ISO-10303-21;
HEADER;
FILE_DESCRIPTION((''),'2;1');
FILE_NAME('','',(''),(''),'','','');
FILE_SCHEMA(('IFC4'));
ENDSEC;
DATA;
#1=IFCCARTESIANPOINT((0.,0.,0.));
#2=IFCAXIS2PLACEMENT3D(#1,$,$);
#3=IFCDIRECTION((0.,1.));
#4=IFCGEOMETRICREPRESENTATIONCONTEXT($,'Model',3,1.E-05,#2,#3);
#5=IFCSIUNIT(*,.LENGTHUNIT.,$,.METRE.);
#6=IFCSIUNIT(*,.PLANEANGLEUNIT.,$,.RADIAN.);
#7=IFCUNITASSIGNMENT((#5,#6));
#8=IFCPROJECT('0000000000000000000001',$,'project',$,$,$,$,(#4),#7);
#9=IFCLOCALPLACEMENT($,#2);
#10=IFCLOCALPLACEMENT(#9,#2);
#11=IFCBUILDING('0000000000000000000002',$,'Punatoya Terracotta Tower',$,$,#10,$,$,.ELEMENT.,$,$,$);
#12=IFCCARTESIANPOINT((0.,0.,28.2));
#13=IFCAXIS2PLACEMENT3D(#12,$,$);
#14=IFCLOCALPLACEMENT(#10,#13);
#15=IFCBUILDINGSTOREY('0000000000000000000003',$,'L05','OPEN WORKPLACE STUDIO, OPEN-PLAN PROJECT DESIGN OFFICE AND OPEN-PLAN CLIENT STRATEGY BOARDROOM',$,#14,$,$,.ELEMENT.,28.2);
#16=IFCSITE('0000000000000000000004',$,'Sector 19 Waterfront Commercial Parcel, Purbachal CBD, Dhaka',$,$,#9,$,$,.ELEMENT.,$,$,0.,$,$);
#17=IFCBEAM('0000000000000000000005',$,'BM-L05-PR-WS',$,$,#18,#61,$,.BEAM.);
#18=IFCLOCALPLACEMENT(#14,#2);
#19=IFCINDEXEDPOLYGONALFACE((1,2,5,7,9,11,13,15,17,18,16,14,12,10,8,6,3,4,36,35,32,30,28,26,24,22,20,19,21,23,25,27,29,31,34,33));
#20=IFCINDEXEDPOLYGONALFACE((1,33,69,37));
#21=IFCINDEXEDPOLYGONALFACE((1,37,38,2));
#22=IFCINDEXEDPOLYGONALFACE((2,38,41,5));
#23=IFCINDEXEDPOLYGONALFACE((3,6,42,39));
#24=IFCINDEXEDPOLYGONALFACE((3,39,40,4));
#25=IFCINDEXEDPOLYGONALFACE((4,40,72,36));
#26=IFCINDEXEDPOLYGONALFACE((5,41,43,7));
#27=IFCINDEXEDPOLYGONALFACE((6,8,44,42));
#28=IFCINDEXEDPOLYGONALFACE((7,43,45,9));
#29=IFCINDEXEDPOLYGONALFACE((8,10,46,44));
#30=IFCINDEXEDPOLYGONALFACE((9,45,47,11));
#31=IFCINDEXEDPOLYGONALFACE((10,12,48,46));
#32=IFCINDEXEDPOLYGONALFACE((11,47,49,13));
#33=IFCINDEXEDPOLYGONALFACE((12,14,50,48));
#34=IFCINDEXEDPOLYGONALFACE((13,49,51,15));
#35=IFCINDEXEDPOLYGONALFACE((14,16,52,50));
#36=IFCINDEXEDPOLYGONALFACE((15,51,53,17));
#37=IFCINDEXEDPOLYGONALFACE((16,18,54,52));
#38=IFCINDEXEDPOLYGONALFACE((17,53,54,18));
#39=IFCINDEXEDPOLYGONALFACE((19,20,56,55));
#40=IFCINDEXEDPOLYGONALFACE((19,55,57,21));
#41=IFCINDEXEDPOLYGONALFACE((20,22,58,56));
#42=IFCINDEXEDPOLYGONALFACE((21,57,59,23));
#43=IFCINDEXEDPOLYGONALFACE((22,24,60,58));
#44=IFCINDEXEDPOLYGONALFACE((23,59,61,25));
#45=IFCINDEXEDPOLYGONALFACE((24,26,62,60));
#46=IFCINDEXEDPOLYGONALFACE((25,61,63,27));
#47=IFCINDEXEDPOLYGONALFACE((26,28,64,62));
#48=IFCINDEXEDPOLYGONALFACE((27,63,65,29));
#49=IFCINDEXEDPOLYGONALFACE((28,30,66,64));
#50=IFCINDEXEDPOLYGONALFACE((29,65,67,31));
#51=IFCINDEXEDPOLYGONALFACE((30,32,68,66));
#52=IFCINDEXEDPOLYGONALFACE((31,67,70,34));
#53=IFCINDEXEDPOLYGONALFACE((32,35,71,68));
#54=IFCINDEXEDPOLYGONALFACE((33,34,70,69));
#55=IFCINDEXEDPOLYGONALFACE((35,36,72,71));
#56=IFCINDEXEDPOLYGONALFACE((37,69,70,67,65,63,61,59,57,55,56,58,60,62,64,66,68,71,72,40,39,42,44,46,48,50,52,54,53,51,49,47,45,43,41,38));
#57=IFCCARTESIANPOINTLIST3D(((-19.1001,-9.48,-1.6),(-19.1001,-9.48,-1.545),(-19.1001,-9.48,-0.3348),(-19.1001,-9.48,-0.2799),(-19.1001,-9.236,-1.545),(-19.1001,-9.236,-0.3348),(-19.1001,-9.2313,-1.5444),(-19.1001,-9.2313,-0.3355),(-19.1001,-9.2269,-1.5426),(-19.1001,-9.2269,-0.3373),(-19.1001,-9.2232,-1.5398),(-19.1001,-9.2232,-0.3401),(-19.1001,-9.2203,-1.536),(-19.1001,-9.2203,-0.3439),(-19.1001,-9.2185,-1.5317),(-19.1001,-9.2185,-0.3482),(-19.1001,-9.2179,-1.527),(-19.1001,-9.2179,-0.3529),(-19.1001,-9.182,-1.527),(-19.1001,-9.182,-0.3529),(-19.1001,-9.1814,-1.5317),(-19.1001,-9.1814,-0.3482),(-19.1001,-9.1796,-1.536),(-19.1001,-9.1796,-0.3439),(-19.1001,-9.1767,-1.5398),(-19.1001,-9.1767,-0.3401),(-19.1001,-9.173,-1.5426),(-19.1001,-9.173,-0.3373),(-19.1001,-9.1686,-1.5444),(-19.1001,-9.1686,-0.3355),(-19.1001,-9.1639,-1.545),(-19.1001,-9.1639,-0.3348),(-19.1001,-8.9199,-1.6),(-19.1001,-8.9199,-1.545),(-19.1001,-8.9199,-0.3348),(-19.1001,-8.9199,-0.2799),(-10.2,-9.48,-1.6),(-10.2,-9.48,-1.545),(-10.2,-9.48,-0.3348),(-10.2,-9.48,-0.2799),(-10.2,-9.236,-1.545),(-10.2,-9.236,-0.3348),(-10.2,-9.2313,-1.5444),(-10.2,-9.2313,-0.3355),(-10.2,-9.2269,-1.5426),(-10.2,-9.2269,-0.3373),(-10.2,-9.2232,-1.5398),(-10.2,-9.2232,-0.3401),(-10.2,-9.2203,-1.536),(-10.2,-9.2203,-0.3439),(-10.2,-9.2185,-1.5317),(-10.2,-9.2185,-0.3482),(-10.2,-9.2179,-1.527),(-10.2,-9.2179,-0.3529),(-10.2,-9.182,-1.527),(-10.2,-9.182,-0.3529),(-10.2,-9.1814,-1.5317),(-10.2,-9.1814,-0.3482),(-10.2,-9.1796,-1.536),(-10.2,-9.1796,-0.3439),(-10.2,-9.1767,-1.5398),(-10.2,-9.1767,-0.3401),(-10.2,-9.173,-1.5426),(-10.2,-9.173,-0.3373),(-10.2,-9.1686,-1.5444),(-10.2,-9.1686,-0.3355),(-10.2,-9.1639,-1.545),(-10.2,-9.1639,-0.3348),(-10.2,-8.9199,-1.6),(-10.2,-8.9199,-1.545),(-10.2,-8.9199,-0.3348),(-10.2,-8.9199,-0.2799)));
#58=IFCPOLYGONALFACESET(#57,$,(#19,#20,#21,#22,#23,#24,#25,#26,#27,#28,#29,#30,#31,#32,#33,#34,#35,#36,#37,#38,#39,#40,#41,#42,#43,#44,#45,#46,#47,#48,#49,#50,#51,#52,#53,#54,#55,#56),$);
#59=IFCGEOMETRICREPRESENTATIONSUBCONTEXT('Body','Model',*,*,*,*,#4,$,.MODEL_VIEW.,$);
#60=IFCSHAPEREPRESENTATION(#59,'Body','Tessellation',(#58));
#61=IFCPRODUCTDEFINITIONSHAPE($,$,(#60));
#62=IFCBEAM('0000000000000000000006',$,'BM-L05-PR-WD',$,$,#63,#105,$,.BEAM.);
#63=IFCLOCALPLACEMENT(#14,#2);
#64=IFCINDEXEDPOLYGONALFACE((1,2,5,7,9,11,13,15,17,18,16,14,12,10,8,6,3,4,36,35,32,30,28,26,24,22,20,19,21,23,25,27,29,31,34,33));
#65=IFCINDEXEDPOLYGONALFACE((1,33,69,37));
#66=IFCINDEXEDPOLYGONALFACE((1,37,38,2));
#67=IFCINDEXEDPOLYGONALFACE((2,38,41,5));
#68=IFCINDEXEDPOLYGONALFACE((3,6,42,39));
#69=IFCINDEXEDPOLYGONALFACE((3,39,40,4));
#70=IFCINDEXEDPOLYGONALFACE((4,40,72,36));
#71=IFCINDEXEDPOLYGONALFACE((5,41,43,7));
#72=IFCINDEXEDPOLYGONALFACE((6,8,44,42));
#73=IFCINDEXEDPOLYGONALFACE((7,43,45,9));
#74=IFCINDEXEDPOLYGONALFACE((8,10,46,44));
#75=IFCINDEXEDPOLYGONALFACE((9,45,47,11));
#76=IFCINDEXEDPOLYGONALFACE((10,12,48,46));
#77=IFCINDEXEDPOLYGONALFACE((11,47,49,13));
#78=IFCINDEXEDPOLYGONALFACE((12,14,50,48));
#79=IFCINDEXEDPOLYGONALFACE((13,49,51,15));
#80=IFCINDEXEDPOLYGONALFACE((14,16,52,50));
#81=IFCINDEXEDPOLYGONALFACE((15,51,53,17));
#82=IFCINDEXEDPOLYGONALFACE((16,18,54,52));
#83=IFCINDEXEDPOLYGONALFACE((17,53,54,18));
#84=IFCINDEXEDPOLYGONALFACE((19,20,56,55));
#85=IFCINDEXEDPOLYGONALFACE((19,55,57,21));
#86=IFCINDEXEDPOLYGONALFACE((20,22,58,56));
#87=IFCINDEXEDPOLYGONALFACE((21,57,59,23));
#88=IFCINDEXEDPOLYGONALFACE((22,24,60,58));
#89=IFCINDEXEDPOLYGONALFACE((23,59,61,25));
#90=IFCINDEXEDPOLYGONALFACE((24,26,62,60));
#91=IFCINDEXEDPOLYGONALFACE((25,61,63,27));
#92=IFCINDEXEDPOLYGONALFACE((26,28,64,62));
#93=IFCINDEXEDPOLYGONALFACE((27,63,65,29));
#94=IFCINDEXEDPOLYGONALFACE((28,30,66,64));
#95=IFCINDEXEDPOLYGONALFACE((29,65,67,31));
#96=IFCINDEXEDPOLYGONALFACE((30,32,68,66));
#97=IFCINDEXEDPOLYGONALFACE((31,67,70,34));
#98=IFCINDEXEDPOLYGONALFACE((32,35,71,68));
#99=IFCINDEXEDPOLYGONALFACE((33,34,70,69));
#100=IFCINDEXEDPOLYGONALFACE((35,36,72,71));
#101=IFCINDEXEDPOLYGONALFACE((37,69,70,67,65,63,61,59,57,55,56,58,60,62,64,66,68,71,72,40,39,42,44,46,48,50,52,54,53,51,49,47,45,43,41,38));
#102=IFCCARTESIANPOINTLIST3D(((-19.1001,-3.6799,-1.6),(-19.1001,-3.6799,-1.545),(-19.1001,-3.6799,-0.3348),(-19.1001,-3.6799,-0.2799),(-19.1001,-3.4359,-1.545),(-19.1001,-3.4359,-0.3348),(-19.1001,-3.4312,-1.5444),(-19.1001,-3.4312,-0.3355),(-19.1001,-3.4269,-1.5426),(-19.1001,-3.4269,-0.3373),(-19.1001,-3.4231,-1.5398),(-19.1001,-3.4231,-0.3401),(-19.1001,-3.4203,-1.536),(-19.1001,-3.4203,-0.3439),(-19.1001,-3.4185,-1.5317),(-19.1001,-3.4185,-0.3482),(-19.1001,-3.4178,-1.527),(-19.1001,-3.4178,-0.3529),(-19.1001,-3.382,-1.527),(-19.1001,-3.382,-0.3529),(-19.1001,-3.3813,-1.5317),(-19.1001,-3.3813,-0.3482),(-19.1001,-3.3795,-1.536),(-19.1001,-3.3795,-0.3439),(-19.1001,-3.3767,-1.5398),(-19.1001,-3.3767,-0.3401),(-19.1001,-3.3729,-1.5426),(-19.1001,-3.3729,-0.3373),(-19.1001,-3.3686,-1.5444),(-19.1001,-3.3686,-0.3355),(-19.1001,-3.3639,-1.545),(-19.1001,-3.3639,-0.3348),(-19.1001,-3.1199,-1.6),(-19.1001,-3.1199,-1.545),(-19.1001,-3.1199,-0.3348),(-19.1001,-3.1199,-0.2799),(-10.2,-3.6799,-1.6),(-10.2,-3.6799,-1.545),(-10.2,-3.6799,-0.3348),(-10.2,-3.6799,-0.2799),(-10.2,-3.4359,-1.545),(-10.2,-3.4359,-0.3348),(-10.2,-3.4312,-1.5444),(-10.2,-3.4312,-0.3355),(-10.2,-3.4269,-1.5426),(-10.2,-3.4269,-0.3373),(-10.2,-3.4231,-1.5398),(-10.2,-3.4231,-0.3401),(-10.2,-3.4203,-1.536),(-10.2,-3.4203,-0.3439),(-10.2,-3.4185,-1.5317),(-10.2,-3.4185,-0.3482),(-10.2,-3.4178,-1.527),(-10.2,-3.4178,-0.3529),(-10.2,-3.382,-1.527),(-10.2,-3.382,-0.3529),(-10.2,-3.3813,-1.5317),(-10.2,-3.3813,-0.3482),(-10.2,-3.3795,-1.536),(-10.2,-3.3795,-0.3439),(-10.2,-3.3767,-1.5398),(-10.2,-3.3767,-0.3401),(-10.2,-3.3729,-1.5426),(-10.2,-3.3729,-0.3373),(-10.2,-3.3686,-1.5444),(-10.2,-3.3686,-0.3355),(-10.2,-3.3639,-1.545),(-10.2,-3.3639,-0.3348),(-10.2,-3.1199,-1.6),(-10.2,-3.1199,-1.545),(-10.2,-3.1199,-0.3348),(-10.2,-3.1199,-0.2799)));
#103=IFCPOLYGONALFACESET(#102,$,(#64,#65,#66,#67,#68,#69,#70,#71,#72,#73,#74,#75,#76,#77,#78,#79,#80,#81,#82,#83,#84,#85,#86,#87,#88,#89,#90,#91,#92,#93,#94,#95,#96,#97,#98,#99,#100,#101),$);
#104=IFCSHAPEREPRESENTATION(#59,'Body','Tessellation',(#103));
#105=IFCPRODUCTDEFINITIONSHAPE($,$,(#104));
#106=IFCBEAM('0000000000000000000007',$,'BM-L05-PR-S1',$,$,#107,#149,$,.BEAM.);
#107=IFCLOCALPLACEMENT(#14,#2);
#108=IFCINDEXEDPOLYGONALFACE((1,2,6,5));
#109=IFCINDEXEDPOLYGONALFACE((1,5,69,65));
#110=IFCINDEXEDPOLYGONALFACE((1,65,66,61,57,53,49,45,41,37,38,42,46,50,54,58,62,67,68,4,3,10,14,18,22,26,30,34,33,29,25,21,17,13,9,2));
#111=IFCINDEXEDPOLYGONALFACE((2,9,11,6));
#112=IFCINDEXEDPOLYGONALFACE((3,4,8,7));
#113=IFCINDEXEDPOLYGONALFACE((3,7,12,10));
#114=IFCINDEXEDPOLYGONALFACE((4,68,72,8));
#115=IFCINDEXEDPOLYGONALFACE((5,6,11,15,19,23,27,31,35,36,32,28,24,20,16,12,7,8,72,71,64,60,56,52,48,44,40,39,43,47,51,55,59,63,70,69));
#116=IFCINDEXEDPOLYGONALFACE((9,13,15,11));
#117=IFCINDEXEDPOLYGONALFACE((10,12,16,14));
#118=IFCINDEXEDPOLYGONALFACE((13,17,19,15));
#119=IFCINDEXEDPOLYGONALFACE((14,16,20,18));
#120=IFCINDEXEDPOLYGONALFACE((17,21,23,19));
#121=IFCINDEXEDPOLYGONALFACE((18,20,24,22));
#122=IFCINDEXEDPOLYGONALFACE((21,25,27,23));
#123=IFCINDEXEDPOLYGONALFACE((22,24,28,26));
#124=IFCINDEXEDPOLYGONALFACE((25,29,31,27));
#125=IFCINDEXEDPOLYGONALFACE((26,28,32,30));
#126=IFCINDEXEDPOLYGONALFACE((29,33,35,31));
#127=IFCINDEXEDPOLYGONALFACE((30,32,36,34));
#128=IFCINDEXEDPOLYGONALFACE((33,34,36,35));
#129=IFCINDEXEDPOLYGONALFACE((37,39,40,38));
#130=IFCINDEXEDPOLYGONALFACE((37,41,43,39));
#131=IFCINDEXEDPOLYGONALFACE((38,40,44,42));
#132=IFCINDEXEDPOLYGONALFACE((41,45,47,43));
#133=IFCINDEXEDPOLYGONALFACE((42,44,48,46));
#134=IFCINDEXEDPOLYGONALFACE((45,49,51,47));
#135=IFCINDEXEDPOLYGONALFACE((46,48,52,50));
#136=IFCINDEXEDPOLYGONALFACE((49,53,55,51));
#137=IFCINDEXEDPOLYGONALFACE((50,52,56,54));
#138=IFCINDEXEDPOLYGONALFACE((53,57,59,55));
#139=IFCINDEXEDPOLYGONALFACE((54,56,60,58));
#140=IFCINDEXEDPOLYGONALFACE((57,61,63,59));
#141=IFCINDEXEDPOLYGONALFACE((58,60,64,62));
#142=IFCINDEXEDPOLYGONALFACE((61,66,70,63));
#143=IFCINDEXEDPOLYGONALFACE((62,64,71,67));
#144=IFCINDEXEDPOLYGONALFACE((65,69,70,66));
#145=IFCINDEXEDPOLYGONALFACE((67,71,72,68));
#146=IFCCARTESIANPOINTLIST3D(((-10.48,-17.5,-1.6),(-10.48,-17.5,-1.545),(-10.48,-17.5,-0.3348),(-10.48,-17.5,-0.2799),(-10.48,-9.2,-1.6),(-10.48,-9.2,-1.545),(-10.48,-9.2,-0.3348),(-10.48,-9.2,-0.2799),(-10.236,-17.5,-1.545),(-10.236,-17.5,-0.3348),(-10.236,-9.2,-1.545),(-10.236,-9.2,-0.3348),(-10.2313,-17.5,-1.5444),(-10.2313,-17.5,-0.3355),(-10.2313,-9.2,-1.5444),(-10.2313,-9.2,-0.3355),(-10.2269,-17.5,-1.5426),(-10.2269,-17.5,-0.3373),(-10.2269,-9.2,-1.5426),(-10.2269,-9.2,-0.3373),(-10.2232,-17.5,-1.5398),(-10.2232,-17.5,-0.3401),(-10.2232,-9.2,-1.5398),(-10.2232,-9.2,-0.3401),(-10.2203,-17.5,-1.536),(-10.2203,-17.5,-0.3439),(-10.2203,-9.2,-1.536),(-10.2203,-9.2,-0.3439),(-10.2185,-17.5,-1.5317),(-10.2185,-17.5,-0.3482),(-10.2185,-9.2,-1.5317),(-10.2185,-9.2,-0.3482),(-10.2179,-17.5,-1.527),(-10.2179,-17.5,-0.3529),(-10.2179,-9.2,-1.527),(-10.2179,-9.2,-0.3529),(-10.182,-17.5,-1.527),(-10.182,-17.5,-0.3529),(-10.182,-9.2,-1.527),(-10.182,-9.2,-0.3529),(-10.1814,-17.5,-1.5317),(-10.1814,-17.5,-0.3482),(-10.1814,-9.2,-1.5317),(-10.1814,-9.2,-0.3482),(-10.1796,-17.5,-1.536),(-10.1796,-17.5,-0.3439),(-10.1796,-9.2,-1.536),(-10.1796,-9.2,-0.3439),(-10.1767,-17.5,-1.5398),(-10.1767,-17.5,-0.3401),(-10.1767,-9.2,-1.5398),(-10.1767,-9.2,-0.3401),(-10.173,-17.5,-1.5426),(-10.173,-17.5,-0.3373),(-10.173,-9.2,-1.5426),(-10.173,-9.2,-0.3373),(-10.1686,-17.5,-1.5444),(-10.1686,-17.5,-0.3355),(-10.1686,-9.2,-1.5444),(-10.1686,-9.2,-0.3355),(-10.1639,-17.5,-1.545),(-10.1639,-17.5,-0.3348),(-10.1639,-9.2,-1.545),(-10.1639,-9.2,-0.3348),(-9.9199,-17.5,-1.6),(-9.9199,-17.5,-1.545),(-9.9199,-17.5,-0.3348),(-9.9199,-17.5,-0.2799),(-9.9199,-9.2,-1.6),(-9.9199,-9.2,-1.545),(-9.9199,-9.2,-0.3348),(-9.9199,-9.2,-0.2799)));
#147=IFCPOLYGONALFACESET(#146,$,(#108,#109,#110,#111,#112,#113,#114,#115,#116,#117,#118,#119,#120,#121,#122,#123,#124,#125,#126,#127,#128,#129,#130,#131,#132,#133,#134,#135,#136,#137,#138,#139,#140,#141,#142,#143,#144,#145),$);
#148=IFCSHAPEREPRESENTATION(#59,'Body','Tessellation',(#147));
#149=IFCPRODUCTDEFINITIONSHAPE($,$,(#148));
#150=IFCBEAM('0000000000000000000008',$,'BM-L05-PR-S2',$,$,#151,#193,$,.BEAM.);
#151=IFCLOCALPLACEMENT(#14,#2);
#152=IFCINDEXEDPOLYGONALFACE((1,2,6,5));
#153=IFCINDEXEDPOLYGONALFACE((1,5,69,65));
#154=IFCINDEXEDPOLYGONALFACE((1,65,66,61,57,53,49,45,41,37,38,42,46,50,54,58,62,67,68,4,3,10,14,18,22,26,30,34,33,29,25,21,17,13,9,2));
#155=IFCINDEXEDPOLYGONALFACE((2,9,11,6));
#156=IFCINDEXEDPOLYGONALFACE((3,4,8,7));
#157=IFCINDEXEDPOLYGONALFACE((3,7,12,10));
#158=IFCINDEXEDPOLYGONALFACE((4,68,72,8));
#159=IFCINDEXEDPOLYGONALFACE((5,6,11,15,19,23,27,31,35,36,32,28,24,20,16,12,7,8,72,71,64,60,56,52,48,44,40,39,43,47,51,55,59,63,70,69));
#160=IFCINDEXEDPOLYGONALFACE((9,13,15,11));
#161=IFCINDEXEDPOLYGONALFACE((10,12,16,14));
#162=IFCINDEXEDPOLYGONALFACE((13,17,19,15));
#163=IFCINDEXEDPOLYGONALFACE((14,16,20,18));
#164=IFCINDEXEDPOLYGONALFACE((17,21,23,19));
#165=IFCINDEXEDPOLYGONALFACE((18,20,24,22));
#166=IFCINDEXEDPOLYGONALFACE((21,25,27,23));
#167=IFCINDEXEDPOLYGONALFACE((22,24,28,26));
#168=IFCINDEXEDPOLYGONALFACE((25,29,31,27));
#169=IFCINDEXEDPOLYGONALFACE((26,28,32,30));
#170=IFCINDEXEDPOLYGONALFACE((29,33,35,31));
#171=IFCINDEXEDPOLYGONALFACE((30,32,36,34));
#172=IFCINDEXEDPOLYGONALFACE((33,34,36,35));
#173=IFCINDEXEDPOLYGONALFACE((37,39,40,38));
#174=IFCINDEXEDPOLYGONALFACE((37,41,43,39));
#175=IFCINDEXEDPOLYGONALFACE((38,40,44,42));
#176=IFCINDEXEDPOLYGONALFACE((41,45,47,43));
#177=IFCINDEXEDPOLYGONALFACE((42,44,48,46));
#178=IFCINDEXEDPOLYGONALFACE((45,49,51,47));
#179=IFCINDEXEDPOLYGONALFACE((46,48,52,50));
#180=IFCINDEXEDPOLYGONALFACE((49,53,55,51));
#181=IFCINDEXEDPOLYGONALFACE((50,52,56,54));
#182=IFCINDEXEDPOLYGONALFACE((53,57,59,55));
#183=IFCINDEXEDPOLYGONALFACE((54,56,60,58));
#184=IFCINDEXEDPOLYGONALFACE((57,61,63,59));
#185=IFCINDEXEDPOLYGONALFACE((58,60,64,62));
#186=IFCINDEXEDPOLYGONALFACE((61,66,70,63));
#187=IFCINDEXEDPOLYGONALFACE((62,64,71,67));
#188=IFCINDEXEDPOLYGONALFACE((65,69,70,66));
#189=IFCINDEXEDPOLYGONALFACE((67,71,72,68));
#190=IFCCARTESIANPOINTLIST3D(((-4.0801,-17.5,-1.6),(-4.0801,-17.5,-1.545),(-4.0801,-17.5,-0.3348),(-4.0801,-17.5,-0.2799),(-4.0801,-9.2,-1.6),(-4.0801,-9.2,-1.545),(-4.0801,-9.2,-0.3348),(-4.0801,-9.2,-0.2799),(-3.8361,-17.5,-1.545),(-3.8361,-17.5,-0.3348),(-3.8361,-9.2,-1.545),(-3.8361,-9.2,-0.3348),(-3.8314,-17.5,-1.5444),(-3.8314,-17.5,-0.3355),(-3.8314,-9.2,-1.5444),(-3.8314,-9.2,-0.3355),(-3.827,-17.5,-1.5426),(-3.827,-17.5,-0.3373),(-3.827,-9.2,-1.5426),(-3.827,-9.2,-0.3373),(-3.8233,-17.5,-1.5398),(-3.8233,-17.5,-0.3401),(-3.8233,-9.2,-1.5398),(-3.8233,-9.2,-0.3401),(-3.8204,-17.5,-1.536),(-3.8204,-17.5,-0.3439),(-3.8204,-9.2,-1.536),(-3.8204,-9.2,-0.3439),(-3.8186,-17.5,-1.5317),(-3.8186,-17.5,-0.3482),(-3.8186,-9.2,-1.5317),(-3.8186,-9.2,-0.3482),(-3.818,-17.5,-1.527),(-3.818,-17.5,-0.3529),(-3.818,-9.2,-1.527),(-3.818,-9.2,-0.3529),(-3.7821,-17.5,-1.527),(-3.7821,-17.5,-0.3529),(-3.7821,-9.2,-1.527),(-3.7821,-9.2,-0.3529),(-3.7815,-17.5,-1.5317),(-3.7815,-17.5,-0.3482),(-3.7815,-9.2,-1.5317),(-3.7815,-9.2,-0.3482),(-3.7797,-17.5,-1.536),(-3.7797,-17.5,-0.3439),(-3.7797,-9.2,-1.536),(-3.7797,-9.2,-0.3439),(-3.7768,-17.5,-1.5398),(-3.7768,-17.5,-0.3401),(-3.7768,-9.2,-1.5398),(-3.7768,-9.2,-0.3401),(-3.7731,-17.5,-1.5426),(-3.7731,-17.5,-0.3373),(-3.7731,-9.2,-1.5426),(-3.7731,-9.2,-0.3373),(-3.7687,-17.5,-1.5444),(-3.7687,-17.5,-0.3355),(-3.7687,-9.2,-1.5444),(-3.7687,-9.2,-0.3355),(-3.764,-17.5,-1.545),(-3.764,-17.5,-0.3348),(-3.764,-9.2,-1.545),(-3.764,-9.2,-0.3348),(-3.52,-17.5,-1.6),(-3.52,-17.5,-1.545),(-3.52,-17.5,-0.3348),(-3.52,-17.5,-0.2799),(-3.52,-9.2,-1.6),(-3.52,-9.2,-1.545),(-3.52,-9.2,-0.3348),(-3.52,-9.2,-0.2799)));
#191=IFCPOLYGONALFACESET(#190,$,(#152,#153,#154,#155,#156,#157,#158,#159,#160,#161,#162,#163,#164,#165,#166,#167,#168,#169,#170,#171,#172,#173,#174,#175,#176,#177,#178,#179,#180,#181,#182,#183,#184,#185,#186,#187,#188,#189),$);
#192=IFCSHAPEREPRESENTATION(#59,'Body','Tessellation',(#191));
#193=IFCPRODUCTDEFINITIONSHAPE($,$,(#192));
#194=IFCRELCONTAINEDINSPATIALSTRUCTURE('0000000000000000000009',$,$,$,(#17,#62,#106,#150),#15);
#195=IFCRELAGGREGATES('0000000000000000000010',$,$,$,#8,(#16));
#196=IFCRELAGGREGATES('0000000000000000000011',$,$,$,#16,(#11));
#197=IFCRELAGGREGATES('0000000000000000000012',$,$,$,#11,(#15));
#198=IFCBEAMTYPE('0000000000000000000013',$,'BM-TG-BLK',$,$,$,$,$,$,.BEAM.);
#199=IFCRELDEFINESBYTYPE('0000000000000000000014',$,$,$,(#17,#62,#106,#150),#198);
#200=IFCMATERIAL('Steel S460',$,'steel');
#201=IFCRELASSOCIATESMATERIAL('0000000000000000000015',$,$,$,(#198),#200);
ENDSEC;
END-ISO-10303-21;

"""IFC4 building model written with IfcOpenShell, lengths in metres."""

from ifc_helpers import new_model, si_unit, direction, frame, origin, origin_2d, place, context, subcontext, project, spatial, i_section, extrude, material, material_profile, profile_set, type_object, element, save


model = new_model("IFC4")

# Units and contexts
model_context = context("Model", 3, precision=1e-05, world=origin(), true_north=direction((0.0, 1.0)))
body_context = subcontext(model_context, "Body", "Model", "MODEL_VIEW")
ifc_project = project(units=[si_unit("LENGTHUNIT", "METRE"), si_unit("PLANEANGLEUNIT", "RADIAN")], contexts=[model_context])

# Site, building, storey
site_placement = place(None, origin())
site = spatial("IfcSite", under=ifc_project, at=site_placement, Name="Sector 19 Waterfront Commercial Parcel, Purbachal CBD, Dhaka", CompositionType="ELEMENT", RefElevation=0.0)
building_placement = place(site_placement, origin())
building = spatial("IfcBuilding", under=site, at=building_placement, Name="Punatoya Terracotta Tower", CompositionType="ELEMENT")
storey_placement = place(building_placement, frame((0.0, 0.0, 28.2)))
storey = spatial("IfcBuildingStorey", under=building, at=storey_placement, Name="L05", Description="OPEN WORKPLACE STUDIO, OPEN-PLAN PROJECT DESIGN OFFICE AND OPEN-PLAN CLIENT STRATEGY BOARDROOM", CompositionType="ELEMENT", Elevation=28.2)

# Shared definitions
ifc_material_1 = material(Name="Steel S460", Category="steel")

# Beams
ifc_material_profile_1 = material_profile(ifc_material_1, i_section(OverallWidth=0.5601, OverallDepth=1.3201, WebThickness=0.0359, FlangeThickness=0.0549, FilletRadius=0.0181, at=origin_2d()))
ifc_profile_set_1 = profile_set([ifc_material_profile_1], Name="Steel S460")
beam_type_1 = type_object("IfcBeamType", Name="BM-TG-BLK", PredefinedType="BEAM", material=ifc_profile_set_1)
for number, where, z_axis, x_axis, name in (
    (1, (-19.1001, -9.2, -0.9399), (1.0, 0.0, 0.0), (0.0, 1.0, 0.0), "BM-L05-PR-WS"),
    (2, (-19.1001, -3.3999, -0.9399), (1.0, 0.0, 0.0), (0.0, 1.0, 0.0), "BM-L05-PR-WD"),
):
    element("IfcBeam", number, at=place(storey_placement, frame(where, z_axis=z_axis, x_axis=x_axis)), inside=storey, type_object=beam_type_1, Name=name, PredefinedType="BEAM", context=body_context, shape_type="SweptSolid", body=[
        extrude(i_section(OverallWidth=0.5601, OverallDepth=1.3201, WebThickness=0.0359, FlangeThickness=0.0549, FilletRadius=0.0181, at=origin_2d()), origin(), (0.0, 0.0, 1.0), 8.9001),
    ])
for number, where, z_axis, x_axis, name in (
    (3, (-10.2, -17.5, -0.9399), (0.0, 1.0, 0.0), (-1.0, 0.0, 0.0), "BM-L05-PR-S1"),
    (4, (-3.8, -17.5, -0.9399), (0.0, 1.0, 0.0), (-1.0, 0.0, 0.0), "BM-L05-PR-S2"),
):
    element("IfcBeam", number, at=place(storey_placement, frame(where, z_axis=z_axis, x_axis=x_axis)), inside=storey, type_object=beam_type_1, Name=name, PredefinedType="BEAM", context=body_context, shape_type="SweptSolid", body=[
        extrude(i_section(OverallWidth=0.5601, OverallDepth=1.3201, WebThickness=0.0359, FlangeThickness=0.0549, FilletRadius=0.0181, at=origin_2d()), origin(), (0.0, 0.0, 1.0), 8.3),
    ])

save(model, "model.ifc")
